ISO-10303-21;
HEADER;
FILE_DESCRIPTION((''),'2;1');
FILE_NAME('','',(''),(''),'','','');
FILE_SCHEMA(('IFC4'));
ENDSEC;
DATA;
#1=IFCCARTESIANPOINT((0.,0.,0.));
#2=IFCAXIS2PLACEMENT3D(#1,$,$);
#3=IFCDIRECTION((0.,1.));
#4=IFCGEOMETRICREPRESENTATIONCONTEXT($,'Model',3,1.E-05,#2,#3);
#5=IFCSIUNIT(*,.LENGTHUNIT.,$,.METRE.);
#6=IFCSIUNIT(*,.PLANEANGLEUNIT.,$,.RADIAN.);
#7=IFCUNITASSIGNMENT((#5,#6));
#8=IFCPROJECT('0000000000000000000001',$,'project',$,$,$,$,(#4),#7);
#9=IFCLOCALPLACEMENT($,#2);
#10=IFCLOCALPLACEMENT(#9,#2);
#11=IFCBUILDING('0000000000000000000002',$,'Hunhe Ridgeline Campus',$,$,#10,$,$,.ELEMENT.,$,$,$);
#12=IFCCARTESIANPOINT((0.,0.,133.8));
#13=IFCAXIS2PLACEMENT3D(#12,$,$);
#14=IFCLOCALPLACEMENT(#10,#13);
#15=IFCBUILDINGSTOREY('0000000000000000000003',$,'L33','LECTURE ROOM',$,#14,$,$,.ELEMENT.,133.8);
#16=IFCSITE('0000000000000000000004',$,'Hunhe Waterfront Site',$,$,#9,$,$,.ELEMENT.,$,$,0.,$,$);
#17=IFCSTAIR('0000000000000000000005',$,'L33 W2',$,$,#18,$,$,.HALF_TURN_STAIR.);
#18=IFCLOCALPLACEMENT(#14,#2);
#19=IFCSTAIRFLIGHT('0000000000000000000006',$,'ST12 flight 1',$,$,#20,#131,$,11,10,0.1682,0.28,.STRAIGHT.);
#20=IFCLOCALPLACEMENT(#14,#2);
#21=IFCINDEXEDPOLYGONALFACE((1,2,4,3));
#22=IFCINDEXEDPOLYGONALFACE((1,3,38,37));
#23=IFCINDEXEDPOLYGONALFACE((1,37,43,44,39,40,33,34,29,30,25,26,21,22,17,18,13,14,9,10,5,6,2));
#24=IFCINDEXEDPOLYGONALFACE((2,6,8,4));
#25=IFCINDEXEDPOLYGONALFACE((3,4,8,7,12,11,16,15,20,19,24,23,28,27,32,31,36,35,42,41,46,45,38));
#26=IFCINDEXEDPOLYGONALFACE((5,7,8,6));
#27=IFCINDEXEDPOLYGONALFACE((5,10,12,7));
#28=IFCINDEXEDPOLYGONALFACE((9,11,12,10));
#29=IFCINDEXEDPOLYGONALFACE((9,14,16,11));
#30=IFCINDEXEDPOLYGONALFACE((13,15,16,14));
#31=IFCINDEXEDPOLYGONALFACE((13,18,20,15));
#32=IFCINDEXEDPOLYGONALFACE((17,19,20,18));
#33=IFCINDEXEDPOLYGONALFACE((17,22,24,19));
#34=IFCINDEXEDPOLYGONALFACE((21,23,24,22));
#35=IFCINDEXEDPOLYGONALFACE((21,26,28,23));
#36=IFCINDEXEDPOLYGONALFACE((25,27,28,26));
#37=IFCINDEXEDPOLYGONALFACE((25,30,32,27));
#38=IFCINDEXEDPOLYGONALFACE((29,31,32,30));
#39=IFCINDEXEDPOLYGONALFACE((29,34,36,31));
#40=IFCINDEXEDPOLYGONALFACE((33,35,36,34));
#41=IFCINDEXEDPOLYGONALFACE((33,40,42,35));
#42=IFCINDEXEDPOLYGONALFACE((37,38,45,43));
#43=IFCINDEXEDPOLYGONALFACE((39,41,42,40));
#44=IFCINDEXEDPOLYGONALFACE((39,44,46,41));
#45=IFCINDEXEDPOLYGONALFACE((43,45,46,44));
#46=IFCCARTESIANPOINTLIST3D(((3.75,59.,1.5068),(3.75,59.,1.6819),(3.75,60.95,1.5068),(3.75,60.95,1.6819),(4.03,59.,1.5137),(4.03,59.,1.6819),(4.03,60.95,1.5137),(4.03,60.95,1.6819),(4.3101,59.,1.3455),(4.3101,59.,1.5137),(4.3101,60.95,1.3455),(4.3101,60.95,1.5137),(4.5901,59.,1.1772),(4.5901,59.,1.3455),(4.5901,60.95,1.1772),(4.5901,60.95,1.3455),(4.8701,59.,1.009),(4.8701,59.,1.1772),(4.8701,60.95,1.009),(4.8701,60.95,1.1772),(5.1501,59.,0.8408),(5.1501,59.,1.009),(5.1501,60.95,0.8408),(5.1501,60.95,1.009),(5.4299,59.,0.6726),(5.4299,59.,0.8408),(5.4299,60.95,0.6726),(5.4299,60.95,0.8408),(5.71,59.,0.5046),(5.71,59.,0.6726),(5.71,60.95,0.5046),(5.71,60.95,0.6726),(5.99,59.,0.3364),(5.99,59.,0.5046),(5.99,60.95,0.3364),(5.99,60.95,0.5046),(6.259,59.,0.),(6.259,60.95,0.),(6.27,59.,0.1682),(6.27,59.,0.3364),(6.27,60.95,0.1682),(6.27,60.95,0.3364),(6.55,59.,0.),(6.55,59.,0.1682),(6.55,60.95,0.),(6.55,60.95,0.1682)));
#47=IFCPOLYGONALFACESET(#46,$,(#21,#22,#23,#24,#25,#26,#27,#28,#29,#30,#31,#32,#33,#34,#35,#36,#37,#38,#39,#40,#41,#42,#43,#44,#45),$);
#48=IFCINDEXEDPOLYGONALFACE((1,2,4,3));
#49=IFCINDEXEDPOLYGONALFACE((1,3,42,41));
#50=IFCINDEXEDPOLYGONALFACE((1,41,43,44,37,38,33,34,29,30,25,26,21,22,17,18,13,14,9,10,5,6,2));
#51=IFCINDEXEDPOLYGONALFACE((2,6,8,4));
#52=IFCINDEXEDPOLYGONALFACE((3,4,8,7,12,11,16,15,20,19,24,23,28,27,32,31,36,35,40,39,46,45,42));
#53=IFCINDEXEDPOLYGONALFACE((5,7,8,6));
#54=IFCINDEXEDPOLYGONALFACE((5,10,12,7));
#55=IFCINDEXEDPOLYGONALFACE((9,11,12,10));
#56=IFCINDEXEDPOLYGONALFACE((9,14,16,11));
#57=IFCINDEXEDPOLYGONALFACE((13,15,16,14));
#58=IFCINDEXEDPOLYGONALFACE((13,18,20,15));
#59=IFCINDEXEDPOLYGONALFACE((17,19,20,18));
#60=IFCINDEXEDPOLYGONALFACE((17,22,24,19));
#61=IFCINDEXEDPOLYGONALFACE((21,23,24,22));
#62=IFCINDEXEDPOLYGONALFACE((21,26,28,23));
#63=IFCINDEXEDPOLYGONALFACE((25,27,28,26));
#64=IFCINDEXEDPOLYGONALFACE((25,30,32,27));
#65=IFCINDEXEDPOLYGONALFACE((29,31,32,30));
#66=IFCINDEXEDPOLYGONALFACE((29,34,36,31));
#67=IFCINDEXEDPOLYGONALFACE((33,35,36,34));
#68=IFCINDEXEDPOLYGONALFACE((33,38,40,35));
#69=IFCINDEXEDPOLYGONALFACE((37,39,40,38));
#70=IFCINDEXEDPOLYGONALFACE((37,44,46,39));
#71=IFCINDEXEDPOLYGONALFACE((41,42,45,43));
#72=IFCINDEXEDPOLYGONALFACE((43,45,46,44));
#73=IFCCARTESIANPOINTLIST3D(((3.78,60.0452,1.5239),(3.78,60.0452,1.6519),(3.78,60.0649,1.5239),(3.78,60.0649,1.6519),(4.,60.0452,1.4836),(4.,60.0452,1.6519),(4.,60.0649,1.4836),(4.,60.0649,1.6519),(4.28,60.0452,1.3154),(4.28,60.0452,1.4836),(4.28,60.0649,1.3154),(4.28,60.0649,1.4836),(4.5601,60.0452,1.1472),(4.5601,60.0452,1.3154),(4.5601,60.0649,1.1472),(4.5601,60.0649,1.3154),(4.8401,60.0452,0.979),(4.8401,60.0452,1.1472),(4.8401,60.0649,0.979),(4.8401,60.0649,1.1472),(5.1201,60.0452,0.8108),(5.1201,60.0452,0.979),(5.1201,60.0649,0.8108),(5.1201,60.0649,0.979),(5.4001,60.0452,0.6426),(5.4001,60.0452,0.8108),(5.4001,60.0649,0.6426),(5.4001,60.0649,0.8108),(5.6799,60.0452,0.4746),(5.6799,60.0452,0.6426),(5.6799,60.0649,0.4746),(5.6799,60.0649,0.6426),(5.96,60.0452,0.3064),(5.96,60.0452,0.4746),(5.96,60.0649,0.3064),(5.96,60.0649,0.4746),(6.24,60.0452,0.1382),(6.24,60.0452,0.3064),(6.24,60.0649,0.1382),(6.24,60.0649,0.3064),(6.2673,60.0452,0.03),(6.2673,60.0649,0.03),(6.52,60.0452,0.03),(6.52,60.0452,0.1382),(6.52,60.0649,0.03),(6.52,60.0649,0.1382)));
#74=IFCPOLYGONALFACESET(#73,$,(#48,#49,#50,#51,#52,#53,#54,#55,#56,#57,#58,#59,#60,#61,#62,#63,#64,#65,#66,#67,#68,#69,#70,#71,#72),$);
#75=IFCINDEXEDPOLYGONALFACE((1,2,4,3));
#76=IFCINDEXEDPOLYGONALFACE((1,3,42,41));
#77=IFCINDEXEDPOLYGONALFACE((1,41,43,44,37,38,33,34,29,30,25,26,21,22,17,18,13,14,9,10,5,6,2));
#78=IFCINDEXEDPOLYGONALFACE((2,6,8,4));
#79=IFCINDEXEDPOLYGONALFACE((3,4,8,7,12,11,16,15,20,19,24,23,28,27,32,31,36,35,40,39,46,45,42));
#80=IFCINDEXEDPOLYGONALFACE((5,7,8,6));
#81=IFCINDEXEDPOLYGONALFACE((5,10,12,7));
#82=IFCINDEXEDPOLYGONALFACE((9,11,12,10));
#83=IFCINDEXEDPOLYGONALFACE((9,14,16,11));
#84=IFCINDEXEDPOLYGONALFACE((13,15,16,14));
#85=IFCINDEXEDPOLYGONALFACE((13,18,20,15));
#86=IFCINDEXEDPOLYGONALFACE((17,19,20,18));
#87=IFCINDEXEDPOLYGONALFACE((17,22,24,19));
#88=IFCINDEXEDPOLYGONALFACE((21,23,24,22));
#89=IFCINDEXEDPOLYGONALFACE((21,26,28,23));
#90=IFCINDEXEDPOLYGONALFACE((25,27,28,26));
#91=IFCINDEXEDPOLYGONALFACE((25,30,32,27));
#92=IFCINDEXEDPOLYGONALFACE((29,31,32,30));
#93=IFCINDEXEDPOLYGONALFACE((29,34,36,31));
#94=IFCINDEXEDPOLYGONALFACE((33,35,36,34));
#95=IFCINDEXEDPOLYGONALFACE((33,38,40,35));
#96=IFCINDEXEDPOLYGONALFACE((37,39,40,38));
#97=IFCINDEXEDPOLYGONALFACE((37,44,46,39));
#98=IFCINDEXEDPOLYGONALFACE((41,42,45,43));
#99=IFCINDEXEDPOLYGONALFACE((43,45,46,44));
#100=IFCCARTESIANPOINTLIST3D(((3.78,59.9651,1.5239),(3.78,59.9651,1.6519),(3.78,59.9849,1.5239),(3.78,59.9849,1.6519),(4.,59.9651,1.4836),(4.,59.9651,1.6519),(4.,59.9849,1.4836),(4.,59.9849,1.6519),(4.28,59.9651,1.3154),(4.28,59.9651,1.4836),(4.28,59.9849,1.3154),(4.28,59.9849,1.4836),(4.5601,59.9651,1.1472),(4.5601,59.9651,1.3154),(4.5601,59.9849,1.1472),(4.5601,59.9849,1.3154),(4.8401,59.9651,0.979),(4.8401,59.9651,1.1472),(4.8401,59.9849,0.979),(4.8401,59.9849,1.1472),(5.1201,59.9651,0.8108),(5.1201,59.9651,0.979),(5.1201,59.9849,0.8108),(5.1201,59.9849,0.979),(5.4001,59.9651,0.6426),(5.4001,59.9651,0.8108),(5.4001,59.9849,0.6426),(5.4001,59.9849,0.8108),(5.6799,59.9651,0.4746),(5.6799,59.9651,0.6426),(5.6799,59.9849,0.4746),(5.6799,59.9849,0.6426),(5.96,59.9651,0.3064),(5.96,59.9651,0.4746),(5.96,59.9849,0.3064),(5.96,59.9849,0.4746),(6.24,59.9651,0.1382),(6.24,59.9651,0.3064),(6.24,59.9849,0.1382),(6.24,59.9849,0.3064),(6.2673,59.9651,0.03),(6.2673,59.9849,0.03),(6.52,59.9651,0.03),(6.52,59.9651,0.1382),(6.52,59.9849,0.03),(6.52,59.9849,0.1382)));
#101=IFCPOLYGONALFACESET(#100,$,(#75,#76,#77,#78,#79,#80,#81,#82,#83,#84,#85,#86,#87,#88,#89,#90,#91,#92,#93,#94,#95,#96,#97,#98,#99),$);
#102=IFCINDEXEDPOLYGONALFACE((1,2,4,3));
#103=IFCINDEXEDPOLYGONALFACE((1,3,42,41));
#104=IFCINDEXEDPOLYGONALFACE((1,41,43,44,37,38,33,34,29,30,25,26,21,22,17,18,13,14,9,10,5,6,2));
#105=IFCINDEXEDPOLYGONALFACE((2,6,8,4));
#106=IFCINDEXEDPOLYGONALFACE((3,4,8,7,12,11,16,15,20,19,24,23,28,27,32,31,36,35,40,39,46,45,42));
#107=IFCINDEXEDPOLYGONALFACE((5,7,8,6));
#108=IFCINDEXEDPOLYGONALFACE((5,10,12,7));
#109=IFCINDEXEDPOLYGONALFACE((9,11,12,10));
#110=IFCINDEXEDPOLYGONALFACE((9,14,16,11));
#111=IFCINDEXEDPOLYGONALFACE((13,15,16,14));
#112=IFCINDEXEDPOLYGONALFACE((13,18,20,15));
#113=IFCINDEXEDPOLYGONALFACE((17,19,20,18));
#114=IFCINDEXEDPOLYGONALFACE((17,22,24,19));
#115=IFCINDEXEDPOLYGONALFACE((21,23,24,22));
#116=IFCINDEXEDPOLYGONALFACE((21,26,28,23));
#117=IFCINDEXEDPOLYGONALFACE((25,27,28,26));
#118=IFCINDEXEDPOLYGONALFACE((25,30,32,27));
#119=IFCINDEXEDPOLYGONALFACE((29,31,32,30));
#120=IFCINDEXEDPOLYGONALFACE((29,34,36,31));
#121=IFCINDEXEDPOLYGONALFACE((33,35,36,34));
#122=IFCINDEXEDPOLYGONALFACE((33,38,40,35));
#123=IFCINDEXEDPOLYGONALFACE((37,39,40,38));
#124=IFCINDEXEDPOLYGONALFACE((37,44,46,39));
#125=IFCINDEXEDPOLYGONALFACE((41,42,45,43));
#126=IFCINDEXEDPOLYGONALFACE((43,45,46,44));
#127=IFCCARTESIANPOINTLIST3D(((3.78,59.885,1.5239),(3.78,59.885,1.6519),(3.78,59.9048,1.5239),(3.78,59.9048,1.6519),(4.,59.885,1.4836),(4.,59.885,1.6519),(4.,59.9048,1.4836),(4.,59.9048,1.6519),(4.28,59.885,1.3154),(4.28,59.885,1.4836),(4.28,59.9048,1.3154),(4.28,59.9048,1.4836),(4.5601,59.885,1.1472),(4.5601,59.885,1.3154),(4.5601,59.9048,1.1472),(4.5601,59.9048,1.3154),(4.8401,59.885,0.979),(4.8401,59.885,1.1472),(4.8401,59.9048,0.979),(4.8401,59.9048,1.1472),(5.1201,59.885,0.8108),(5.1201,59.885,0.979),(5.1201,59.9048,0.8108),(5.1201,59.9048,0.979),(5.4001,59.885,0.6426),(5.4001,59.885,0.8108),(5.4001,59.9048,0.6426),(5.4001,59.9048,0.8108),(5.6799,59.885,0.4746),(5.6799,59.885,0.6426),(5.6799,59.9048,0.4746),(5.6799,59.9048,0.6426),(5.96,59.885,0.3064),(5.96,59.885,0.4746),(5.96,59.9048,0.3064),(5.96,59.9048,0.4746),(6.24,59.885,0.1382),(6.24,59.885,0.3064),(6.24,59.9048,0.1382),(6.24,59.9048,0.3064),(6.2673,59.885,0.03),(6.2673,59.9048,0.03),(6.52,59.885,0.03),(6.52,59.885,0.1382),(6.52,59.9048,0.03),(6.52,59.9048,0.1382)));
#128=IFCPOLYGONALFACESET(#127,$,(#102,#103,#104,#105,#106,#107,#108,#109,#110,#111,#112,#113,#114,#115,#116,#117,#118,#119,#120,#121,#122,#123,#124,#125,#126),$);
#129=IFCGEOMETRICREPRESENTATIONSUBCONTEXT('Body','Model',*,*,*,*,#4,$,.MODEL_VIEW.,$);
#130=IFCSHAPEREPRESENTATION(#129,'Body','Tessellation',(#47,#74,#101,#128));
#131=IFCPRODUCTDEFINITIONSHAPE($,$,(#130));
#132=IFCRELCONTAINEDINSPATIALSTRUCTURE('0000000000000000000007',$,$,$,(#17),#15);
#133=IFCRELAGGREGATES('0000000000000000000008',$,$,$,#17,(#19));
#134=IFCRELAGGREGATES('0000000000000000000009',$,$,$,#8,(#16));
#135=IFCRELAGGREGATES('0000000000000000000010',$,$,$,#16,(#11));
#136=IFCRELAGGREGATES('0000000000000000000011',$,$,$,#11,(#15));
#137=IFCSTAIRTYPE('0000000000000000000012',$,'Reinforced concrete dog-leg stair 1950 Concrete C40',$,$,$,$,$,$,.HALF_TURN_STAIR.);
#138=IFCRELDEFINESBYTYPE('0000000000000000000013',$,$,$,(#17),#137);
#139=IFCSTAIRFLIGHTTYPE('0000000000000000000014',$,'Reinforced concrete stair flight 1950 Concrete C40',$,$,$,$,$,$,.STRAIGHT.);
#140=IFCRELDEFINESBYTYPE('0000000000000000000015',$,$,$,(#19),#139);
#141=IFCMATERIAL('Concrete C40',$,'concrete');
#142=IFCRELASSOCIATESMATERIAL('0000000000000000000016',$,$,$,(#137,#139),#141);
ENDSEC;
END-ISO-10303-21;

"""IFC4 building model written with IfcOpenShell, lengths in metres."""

from ifc_helpers import new_model, si_unit, direction, frame, origin, place, context, subcontext, project, spatial, polyline, outline, extrude, material, type_object, element, aggregate, save


model = new_model("IFC4")

# Units and contexts
model_context = context("Model", 3, precision=1e-05, world=origin(), true_north=direction((0.0, 1.0)))
body_context = subcontext(model_context, "Body", "Model", "MODEL_VIEW")
ifc_project = project(units=[si_unit("LENGTHUNIT", "METRE"), si_unit("PLANEANGLEUNIT", "RADIAN")], contexts=[model_context])

# Site, building, storey
site_placement = place(None, origin())
site = spatial("IfcSite", under=ifc_project, at=site_placement, Name="Hunhe Waterfront Site", CompositionType="ELEMENT", RefElevation=0.0)
building_placement = place(site_placement, origin())
building = spatial("IfcBuilding", under=site, at=building_placement, Name="Hunhe Ridgeline Campus", CompositionType="ELEMENT")
storey_placement = place(building_placement, frame((0.0, 0.0, 133.8)))
storey = spatial("IfcBuildingStorey", under=building, at=storey_placement, Name="L33", Description="LECTURE ROOM", CompositionType="ELEMENT", Elevation=133.8)

# Stair, stair flight
ifc_material_1 = material(Name="Concrete C40", Category="concrete")
stair_type = type_object("IfcStairType", Name="Reinforced concrete dog-leg stair 1950 Concrete C40", PredefinedType="HALF_TURN_STAIR", material=ifc_material_1)
stair_flight_type = type_object("IfcStairFlightType", Name="Reinforced concrete stair flight 1950 Concrete C40", PredefinedType="STRAIGHT", material=ifc_material_1)
stair_1_placement = place(storey_placement, origin())
stair_1 = element("IfcStair", 1, at=stair_1_placement, inside=storey, type_object=stair_type, Name="L33 W2", PredefinedType="HALF_TURN_STAIR")
stair_flight_1_placement = place(storey_placement, frame((6.55, 59.9751, 0.0), z_axis=(0.0, 0.0, 1.0), x_axis=(-1.0, 0.0, 0.0)))
stair_flight_1 = element("IfcStairFlight", 2, at=stair_flight_1_placement, type_object=stair_flight_type, Name="ST12 flight 1", NumberOfRisers=11, NumberOfTreads=10, PredefinedType="STRAIGHT", RiserHeight=0.1682, TreadLength=0.28, context=body_context, shape_type="SweptSolid", body=[
    extrude(outline(polyline([(0.0, 0.0), (0.0, 0.1682), (0.28, 0.1682), (0.28, 0.3364), (0.5601, 0.3364), (0.5601, 0.5046), (0.8401, 0.5046), (0.8401, 0.6726), (1.1201, 0.6726), (1.1201, 0.8408), (1.3999, 0.8408), (1.3999, 1.009), (1.6799, 1.009), (1.6799, 1.1772), (1.96, 1.1772), (1.96, 1.3455), (2.24, 1.3455), (2.24, 1.5137), (2.52, 1.5137), (2.52, 1.6819), (2.8, 1.6819), (2.8, 1.8501), (2.8, 1.5068), (0.291, 0.0), (0.0, 0.0)])), frame((0.0, 0.9751, 0.0), z_axis=(0.0, -1.0, 0.0), x_axis=(1.0, 0.0, 0.0)), (0.0, 0.0, 1.0), 1.95),
    extrude(outline(polyline([(0.03, 0.03), (0.03, 0.1382), (0.3101, 0.1382), (0.3101, 0.3064), (0.5901, 0.3064), (0.5901, 0.4746), (0.8701, 0.4746), (0.8701, 0.6426), (1.1499, 0.6426), (1.1499, 0.8108), (1.4299, 0.8108), (1.4299, 0.979), (1.71, 0.979), (1.71, 1.1472), (1.99, 1.1472), (1.99, 1.3154), (2.27, 1.3154), (2.27, 1.4836), (2.55, 1.4836), (2.55, 1.6519), (2.77, 1.6519), (2.77, 1.5239), (0.2827, 0.03), (0.03, 0.03)])), frame((0.0, -0.0701, 0.0), z_axis=(0.0, -1.0, 0.0), x_axis=(1.0, 0.0, 0.0)), (0.0, 0.0, 1.0), 0.0198),
    extrude(outline(polyline([(0.03, 0.03), (0.03, 0.1382), (0.3101, 0.1382), (0.3101, 0.3064), (0.5901, 0.3064), (0.5901, 0.4746), (0.8701, 0.4746), (0.8701, 0.6426), (1.1499, 0.6426), (1.1499, 0.8108), (1.4299, 0.8108), (1.4299, 0.979), (1.71, 0.979), (1.71, 1.1472), (1.99, 1.1472), (1.99, 1.3154), (2.27, 1.3154), (2.27, 1.4836), (2.55, 1.4836), (2.55, 1.6519), (2.77, 1.6519), (2.77, 1.5239), (0.2827, 0.03), (0.03, 0.03)])), frame((0.0, 0.01, 0.0), z_axis=(0.0, -1.0, 0.0), x_axis=(1.0, 0.0, 0.0)), (0.0, 0.0, 1.0), 0.0198),
    extrude(outline(polyline([(0.03, 0.03), (0.03, 0.1382), (0.3101, 0.1382), (0.3101, 0.3064), (0.5901, 0.3064), (0.5901, 0.4746), (0.8701, 0.4746), (0.8701, 0.6426), (1.1499, 0.6426), (1.1499, 0.8108), (1.4299, 0.8108), (1.4299, 0.979), (1.71, 0.979), (1.71, 1.1472), (1.99, 1.1472), (1.99, 1.3154), (2.27, 1.3154), (2.27, 1.4836), (2.55, 1.4836), (2.55, 1.6519), (2.77, 1.6519), (2.77, 1.5239), (0.2827, 0.03), (0.03, 0.03)])), frame((0.0, 0.0901, 0.0), z_axis=(0.0, -1.0, 0.0), x_axis=(1.0, 0.0, 0.0)), (0.0, 0.0, 1.0), 0.0198),
])
aggregate(stair_1, [stair_flight_1])

save(model, "model.ifc")
